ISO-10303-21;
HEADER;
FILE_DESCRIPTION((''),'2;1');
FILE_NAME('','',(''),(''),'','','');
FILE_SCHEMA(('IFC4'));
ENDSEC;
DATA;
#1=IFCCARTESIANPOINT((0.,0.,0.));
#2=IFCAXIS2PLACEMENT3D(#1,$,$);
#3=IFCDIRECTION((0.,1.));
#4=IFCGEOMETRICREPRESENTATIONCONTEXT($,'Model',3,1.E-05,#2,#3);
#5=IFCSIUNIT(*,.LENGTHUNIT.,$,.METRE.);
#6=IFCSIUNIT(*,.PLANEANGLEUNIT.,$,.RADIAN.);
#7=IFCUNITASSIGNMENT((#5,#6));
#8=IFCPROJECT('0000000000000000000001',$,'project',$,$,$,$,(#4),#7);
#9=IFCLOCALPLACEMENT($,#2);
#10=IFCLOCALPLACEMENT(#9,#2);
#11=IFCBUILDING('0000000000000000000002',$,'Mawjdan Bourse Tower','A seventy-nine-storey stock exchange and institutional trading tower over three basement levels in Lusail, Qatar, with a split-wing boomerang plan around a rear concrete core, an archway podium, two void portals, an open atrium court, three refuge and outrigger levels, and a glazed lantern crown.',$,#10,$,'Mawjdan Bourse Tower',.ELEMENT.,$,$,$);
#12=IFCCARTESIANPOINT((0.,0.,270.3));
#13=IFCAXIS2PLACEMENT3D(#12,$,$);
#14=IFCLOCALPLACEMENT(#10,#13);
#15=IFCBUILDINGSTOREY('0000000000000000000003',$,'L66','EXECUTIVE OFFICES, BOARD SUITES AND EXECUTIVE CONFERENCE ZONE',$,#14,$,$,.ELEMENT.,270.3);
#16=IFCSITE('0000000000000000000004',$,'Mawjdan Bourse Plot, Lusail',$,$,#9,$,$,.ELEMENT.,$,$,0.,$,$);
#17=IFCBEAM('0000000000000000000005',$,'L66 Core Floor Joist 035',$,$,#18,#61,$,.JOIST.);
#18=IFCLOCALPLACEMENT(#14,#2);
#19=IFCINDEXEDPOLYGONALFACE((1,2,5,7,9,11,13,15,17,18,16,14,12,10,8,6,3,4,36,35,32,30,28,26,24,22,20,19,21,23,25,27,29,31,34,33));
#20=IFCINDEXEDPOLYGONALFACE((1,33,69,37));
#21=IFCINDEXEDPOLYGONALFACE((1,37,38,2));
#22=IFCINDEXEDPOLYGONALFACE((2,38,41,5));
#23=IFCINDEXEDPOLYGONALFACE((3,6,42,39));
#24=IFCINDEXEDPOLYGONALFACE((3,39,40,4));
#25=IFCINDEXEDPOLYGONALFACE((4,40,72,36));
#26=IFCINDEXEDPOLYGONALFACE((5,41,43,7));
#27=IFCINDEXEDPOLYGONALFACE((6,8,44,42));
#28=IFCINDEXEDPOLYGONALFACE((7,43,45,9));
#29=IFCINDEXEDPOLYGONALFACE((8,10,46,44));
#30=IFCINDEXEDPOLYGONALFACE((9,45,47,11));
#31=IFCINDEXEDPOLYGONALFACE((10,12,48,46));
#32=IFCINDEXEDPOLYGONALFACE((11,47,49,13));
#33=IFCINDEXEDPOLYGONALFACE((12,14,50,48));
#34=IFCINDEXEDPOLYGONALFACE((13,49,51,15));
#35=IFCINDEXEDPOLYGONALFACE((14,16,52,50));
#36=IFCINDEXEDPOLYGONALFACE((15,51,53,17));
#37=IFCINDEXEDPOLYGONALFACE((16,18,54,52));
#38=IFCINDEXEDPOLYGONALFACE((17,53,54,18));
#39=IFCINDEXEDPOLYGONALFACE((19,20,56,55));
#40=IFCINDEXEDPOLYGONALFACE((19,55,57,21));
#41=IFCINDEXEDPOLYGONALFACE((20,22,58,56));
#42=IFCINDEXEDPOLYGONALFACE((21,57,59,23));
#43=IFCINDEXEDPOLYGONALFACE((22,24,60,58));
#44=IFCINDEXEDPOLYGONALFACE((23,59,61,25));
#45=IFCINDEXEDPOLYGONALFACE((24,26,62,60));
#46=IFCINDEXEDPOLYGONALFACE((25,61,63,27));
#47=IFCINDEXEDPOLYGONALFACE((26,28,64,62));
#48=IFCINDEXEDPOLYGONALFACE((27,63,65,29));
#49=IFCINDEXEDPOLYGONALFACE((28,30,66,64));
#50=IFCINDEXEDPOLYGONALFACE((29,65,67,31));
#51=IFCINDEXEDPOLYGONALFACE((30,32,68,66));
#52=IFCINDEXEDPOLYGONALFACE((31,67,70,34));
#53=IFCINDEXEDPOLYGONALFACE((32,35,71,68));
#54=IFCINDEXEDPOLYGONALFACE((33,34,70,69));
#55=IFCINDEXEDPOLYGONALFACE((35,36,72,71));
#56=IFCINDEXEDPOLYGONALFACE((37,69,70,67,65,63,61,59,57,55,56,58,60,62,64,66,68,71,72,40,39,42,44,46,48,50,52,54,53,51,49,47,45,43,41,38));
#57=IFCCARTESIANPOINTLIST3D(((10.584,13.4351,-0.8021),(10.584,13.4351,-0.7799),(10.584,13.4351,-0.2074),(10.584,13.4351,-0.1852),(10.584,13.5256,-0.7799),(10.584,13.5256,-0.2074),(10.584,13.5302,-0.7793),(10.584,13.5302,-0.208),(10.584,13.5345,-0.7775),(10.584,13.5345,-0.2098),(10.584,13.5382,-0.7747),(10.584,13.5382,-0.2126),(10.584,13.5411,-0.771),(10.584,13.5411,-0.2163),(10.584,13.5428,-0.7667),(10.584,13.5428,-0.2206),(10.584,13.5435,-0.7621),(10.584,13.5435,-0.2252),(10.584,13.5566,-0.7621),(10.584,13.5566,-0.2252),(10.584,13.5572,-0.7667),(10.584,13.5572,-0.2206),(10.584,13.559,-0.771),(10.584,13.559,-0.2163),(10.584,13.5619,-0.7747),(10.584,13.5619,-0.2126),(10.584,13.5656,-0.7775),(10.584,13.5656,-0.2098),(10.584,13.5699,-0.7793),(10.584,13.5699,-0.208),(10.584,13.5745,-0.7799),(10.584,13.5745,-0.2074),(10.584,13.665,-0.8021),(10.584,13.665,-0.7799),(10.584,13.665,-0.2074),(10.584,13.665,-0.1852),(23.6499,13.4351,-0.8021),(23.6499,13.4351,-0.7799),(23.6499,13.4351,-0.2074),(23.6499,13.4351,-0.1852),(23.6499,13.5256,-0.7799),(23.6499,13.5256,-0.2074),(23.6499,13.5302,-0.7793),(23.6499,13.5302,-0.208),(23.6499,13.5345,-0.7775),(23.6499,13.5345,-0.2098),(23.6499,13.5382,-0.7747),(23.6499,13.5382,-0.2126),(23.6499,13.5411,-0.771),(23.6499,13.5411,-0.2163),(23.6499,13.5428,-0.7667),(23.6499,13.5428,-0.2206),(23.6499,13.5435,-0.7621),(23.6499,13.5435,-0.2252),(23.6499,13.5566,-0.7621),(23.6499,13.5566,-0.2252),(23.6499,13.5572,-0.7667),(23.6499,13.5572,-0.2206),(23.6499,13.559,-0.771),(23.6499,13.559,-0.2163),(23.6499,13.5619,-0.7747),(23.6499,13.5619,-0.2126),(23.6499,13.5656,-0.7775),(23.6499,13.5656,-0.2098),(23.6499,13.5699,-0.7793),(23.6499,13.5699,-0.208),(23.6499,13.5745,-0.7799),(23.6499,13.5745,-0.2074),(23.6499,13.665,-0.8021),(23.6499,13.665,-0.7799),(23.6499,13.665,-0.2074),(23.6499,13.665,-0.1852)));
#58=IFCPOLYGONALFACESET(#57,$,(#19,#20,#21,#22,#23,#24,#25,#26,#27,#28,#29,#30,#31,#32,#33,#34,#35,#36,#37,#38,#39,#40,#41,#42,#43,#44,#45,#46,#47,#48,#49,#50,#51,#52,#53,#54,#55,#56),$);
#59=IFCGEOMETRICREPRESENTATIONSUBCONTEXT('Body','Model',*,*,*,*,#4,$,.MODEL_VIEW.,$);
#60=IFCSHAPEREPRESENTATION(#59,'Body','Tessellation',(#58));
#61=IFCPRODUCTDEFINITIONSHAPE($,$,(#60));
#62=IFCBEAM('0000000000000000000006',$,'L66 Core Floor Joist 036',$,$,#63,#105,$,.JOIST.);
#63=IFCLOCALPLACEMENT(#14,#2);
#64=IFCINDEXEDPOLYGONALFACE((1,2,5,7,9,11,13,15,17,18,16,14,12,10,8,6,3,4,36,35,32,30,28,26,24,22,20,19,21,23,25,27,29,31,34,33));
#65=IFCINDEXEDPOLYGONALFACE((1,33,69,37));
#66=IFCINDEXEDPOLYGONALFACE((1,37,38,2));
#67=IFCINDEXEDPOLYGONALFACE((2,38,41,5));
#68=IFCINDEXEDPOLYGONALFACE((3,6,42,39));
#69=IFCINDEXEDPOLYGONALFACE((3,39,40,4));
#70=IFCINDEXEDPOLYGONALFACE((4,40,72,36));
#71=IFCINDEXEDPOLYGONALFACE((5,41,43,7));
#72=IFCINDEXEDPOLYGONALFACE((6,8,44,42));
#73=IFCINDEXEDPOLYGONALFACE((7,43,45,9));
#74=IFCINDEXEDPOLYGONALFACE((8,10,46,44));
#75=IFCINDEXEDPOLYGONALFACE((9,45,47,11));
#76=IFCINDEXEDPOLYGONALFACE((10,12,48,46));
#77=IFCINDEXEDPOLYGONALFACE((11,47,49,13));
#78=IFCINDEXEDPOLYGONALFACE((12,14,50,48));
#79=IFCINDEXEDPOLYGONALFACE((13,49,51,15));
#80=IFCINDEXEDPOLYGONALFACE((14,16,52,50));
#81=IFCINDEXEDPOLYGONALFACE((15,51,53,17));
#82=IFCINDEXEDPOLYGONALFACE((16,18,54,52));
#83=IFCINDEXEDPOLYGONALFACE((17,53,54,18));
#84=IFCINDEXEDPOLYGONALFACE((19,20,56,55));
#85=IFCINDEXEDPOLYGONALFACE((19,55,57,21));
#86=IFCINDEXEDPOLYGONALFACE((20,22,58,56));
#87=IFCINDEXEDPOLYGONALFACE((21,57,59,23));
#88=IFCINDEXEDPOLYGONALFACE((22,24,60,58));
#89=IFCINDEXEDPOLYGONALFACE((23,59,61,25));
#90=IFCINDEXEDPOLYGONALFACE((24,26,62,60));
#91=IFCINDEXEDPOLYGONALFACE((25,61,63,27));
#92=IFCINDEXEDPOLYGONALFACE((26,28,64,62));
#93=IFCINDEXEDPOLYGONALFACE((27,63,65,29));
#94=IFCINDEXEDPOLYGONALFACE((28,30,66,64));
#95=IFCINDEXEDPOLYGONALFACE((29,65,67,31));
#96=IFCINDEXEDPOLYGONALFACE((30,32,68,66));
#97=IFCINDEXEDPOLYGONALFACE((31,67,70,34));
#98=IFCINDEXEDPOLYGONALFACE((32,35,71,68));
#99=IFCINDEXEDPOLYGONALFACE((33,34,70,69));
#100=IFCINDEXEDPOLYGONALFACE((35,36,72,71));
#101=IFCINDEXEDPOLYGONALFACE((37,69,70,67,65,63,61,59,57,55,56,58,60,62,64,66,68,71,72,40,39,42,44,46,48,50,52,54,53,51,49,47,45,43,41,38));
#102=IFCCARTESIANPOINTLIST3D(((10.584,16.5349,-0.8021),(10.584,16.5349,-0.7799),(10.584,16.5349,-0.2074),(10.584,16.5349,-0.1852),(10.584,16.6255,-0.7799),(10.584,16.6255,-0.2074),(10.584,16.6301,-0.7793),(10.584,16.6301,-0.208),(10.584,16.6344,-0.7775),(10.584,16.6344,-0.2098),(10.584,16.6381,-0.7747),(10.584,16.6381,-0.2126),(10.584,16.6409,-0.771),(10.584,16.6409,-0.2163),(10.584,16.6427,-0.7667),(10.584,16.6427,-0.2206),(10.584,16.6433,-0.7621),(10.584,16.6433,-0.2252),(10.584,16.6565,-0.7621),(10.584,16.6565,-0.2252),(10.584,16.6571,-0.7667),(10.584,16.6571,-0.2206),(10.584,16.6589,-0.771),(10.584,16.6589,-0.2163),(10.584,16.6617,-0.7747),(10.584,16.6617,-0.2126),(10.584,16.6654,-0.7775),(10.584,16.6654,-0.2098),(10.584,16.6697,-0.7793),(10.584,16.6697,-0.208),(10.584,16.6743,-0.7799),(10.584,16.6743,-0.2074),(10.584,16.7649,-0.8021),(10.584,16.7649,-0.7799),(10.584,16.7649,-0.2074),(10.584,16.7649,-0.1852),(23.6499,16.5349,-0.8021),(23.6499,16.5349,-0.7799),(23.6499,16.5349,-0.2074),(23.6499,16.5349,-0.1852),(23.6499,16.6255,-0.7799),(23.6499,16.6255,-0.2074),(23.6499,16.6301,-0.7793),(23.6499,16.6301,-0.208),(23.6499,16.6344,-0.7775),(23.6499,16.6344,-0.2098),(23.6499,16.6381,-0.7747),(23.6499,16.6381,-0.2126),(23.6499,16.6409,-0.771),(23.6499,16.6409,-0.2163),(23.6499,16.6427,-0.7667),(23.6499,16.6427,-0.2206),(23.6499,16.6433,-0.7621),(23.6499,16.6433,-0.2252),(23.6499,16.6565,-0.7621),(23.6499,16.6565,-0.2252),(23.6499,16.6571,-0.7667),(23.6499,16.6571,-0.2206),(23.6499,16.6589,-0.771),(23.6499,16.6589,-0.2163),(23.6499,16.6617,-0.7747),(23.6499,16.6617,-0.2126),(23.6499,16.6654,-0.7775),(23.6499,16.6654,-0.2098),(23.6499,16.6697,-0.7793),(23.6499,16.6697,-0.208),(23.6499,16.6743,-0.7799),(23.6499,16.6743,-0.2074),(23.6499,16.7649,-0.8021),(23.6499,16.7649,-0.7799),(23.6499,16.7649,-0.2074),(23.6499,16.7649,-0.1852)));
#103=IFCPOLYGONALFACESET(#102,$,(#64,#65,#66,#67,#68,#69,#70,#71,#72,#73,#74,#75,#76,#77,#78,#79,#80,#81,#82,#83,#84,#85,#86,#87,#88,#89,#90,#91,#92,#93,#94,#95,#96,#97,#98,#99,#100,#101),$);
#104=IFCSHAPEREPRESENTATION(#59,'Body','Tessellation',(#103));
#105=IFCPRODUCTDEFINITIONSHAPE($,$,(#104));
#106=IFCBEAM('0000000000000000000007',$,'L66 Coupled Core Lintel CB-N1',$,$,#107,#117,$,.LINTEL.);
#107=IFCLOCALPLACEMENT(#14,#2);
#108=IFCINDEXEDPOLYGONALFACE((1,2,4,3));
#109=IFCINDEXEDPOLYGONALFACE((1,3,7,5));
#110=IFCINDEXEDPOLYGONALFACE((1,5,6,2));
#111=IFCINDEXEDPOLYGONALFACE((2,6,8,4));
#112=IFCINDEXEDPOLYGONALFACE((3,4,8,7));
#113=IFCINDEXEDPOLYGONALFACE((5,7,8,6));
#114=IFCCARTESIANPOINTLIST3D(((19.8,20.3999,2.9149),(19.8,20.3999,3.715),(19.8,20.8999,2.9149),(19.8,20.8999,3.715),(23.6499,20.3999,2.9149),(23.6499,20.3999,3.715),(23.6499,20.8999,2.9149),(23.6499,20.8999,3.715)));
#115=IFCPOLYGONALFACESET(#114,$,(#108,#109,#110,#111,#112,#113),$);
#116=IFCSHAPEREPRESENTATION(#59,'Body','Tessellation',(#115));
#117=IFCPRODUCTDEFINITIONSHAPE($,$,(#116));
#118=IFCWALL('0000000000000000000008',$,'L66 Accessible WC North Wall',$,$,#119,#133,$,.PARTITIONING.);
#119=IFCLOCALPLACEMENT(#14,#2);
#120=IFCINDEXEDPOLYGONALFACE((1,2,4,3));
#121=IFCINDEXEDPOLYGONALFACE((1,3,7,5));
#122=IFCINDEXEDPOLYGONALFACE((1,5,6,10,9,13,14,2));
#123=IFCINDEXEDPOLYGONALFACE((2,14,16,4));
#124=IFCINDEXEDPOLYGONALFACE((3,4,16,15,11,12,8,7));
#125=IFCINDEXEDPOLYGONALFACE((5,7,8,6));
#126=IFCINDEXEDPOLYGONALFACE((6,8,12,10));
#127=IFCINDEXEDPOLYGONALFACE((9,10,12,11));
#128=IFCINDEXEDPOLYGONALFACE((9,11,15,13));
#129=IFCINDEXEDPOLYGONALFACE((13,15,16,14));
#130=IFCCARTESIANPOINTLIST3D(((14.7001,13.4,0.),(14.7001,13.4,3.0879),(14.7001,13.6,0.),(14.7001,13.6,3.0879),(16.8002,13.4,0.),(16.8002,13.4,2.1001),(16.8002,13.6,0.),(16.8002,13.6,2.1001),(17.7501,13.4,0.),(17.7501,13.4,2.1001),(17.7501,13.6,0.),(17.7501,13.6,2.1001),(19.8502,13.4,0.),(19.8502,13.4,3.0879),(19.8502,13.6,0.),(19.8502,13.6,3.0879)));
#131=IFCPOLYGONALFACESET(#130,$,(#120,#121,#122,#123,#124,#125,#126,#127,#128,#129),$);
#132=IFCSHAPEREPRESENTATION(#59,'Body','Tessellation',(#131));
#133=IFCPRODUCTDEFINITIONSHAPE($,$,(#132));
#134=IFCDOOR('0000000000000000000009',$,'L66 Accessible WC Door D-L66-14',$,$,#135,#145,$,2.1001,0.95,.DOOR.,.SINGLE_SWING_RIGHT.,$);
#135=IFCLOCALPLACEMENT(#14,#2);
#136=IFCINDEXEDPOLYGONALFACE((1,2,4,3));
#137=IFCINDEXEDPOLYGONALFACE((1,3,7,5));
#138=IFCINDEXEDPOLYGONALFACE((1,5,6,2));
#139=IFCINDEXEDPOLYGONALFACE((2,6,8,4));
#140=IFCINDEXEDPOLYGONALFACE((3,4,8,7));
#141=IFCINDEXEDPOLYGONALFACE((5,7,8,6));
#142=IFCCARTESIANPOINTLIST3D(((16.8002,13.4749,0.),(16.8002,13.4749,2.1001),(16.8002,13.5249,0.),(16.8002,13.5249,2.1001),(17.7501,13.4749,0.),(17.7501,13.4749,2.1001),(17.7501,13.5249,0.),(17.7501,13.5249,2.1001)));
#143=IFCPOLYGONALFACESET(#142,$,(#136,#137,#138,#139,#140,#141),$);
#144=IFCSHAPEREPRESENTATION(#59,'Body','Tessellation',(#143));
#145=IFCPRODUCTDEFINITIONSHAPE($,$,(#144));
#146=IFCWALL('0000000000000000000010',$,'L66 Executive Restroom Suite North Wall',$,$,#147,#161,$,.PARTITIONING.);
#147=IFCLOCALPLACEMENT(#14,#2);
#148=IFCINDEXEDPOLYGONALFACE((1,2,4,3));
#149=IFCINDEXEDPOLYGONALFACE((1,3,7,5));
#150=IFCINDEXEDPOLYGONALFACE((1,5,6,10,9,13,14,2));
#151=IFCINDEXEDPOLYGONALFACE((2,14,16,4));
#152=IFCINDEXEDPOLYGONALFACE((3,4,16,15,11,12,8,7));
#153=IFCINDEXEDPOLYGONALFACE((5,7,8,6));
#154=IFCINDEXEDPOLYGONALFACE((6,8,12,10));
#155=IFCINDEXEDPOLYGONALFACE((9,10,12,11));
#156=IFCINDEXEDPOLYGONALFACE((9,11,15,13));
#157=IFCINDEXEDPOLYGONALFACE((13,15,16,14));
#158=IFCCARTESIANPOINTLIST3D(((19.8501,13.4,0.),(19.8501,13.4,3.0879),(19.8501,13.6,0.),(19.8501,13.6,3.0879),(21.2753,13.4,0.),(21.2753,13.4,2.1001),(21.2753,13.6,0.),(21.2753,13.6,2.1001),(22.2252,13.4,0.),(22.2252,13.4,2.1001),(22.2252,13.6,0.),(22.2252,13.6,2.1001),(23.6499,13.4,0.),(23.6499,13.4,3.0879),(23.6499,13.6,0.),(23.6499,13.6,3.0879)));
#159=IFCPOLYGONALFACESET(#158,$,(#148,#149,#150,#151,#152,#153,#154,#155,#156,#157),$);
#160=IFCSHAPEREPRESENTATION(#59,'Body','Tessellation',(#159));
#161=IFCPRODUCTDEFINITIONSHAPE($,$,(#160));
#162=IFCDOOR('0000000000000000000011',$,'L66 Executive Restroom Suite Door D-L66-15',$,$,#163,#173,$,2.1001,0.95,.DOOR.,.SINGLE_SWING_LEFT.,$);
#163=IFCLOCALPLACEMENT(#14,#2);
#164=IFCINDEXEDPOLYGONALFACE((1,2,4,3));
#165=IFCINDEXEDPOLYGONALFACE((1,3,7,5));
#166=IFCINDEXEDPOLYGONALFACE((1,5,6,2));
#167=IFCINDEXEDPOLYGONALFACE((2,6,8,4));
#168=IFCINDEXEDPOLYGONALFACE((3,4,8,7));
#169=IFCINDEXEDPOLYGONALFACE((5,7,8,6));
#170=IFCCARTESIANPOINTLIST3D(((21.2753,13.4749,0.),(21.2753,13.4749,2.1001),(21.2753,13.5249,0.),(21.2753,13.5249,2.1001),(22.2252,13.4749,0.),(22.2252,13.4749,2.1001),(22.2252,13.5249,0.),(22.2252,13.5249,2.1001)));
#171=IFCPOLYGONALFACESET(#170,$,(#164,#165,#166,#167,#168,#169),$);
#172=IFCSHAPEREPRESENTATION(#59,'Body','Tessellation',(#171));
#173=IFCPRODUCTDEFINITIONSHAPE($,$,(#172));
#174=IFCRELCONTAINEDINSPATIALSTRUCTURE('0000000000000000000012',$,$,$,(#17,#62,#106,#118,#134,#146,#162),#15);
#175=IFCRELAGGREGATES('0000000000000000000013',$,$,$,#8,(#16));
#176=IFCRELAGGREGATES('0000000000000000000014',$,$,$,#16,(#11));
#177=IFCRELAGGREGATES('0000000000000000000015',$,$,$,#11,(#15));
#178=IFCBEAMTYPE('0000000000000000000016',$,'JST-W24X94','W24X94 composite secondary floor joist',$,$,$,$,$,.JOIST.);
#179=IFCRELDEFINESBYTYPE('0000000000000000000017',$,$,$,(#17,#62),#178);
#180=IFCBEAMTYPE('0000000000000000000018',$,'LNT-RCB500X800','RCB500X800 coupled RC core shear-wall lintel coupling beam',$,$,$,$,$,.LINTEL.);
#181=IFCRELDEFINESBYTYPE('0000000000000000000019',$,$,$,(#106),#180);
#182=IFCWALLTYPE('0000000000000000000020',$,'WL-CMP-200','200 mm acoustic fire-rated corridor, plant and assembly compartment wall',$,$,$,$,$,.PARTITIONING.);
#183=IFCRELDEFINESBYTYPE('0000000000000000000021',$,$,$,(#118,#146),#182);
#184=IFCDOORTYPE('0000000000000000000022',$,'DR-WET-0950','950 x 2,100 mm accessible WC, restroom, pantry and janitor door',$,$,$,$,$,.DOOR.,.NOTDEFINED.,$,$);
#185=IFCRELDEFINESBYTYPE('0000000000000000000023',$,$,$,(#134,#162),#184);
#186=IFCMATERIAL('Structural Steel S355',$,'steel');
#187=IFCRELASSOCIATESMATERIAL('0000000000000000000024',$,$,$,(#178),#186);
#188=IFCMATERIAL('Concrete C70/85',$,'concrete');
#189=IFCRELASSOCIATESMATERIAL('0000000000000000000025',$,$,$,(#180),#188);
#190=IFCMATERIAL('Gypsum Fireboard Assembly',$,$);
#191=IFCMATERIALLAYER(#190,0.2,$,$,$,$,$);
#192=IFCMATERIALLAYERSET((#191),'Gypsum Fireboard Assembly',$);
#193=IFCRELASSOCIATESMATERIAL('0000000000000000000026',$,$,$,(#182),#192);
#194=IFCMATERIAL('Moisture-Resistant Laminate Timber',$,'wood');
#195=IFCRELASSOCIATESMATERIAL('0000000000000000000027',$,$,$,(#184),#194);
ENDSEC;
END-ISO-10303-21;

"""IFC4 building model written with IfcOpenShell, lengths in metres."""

from ifc_helpers import new_model, si_unit, direction, frame, frame_2d, origin, origin_2d, place, context, subcontext, project, spatial, rectangle, i_section, extrude, material, layer, layer_set, material_profile, profile_set, type_object, element, fill, save


model = new_model("IFC4")

# Units and contexts
model_context = context("Model", 3, precision=1e-05, world=origin(), true_north=direction((0.0, 1.0)))
body_context = subcontext(model_context, "Body", "Model", "MODEL_VIEW")
ifc_project = project(units=[si_unit("LENGTHUNIT", "METRE"), si_unit("PLANEANGLEUNIT", "RADIAN")], contexts=[model_context])

# Site, building, storey
site_placement = place(None, origin())
site = spatial("IfcSite", under=ifc_project, at=site_placement, Name="Mawjdan Bourse Plot, Lusail", CompositionType="ELEMENT", RefElevation=0.0)
building_placement = place(site_placement, origin())
building = spatial("IfcBuilding", under=site, at=building_placement, Name="Mawjdan Bourse Tower", Description="A seventy-nine-storey stock exchange and institutional trading tower over three basement levels in Lusail, Qatar, with a split-wing boomerang plan around a rear concrete core, an archway podium, two void portals, an open atrium court, three refuge and outrigger levels, and a glazed lantern crown.", LongName="Mawjdan Bourse Tower", CompositionType="ELEMENT")
storey_placement = place(building_placement, frame((0.0, 0.0, 270.3)))
storey = spatial("IfcBuildingStorey", under=building, at=storey_placement, Name="L66", Description="EXECUTIVE OFFICES, BOARD SUITES AND EXECUTIVE CONFERENCE ZONE", CompositionType="ELEMENT", Elevation=270.3)

# Beams
ifc_material_1 = material(Name="Structural Steel S355", Category="steel")
ifc_material_profile_1 = material_profile(ifc_material_1, i_section(OverallWidth=0.23, OverallDepth=0.6169, WebThickness=0.0132, FlangeThickness=0.0222, FilletRadius=0.0178, at=origin_2d()), Name="W24X94")
ifc_profile_set_1 = profile_set([ifc_material_profile_1], Name="Structural Steel S355")
beam_type_1 = type_object("IfcBeamType", Name="JST-W24X94", Description="W24X94 composite secondary floor joist", PredefinedType="JOIST", material=ifc_profile_set_1)
for number, where, z_axis, x_axis, name in (
    (1, (10.584, 13.55, -0.4937), (1.0, 0.0, 0.0), (0.0, 1.0, 0.0), "L66 Core Floor Joist 035"),
    (2, (10.584, 16.6499, -0.4937), (1.0, 0.0, 0.0), (0.0, 1.0, 0.0), "L66 Core Floor Joist 036"),
):
    element("IfcBeam", number, at=place(storey_placement, frame(where, z_axis=z_axis, x_axis=x_axis)), inside=storey, type_object=beam_type_1, Name=name, PredefinedType="JOIST", context=body_context, shape_type="SweptSolid", body=[
        extrude(i_section(OverallWidth=0.23, OverallDepth=0.6169, WebThickness=0.0132, FlangeThickness=0.0222, FilletRadius=0.0178, at=origin_2d()), origin(), (0.0, 0.0, 1.0), 13.0659),
    ])
ifc_material_2 = material(Name="Concrete C70/85", Category="concrete")
ifc_material_profile_2 = material_profile(ifc_material_2, rectangle(XDim=0.5, YDim=0.8, at=origin_2d()), Name="RCB500X800")
ifc_profile_set_2 = profile_set([ifc_material_profile_2], Name="Concrete C70/85")
beam_type_2 = type_object("IfcBeamType", Name="LNT-RCB500X800", Description="RCB500X800 coupled RC core shear-wall lintel coupling beam", PredefinedType="LINTEL", material=ifc_profile_set_2)
beam_placement = place(storey_placement, frame((19.8, 20.6499, 3.3149), z_axis=(1.0, 0.0, 0.0), x_axis=(0.0, 1.0, 0.0)))
element("IfcBeam", 3, at=beam_placement, inside=storey, type_object=beam_type_2, Name="L66 Coupled Core Lintel CB-N1", PredefinedType="LINTEL", context=body_context, shape_type="SweptSolid", body=[
    extrude(rectangle(XDim=0.5, YDim=0.8, at=origin_2d()), origin(), (0.0, 0.0, 1.0), 3.8499),
])

# Walls, openings, doors
ifc_material_3 = material(Name="Gypsum Fireboard Assembly")
ifc_layer_1 = layer(ifc_material_3, 0.2)
ifc_layer_set_1 = layer_set([ifc_layer_1], Name="Gypsum Fireboard Assembly")
wall_type_1 = type_object("IfcWallType", Name="WL-CMP-200", Description="200 mm acoustic fire-rated corridor, plant and assembly compartment wall", PredefinedType="PARTITIONING", material=ifc_layer_set_1)
wall_1_placement = place(storey_placement, frame((14.7, 13.5, 0.0), z_axis=(0.0, 0.0, 1.0), x_axis=(1.0, 0.0, 0.0)))
wall_1 = element("IfcWall", 4, at=wall_1_placement, inside=storey, type_object=wall_type_1, Name="L66 Accessible WC North Wall", PredefinedType="PARTITIONING", context=body_context, shape_type="SweptSolid", body=[
    extrude(rectangle(XDim=5.1501, YDim=0.2, at=frame_2d((2.5752, 0.0))), origin(), (0.0, 0.0, 1.0), 3.0879),
])
opening_1_placement = place(wall_1_placement, frame((2.1001, 0.0, 0.0)))
opening_1 = element("IfcOpeningElement", 5, at=opening_1_placement, cuts=wall_1, PredefinedType="OPENING", context=body_context, shape_type="SweptSolid", body=[
    extrude(rectangle(XDim=0.95, YDim=2.1001, at=frame_2d((0.4751, 1.05))), frame((0.0, 0.1099, 0.0), z_axis=(0.0, -1.0, 0.0), x_axis=(1.0, 0.0, 0.0)), (0.0, 0.0, 1.0), 0.22),
])
ifc_material_4 = material(Name="Moisture-Resistant Laminate Timber", Category="wood")
door_type_1 = type_object("IfcDoorType", Name="DR-WET-0950", Description="950 x 2,100 mm accessible WC, restroom, pantry and janitor door", OperationType="NOTDEFINED", PredefinedType="DOOR", material=ifc_material_4)
door_1_placement = place(opening_1_placement, origin())
door_1 = element("IfcDoor", 6, at=door_1_placement, inside=storey, type_object=door_type_1, Name="L66 Accessible WC Door D-L66-14", OperationType="SINGLE_SWING_RIGHT", OverallHeight=2.1001, OverallWidth=0.95, PredefinedType="DOOR", context=body_context, shape_type="SweptSolid", body=[
    extrude(rectangle(XDim=0.95, YDim=2.1001, at=frame_2d((0.4751, 1.05))), frame((0.0, 0.0249, 0.0), z_axis=(0.0, -1.0, 0.0), x_axis=(1.0, 0.0, 0.0)), (0.0, 0.0, 1.0), 0.05),
])
fill(opening_1, door_1)
wall_2_placement = place(storey_placement, frame((19.8501, 13.5, 0.0), z_axis=(0.0, 0.0, 1.0), x_axis=(1.0, 0.0, 0.0)))
wall_2 = element("IfcWall", 7, at=wall_2_placement, inside=storey, type_object=wall_type_1, Name="L66 Executive Restroom Suite North Wall", PredefinedType="PARTITIONING", context=body_context, shape_type="SweptSolid", body=[
    extrude(rectangle(XDim=3.7998, YDim=0.2, at=frame_2d((1.8999, 0.0))), origin(), (0.0, 0.0, 1.0), 3.0879),
])
opening_2_placement = place(wall_2_placement, frame((1.425, 0.0, 0.0)))
opening_2 = element("IfcOpeningElement", 8, at=opening_2_placement, cuts=wall_2, PredefinedType="OPENING", context=body_context, shape_type="SweptSolid", body=[
    extrude(rectangle(XDim=0.95, YDim=2.1001, at=frame_2d((0.4751, 1.05))), frame((0.0, 0.1099, 0.0), z_axis=(0.0, -1.0, 0.0), x_axis=(1.0, 0.0, 0.0)), (0.0, 0.0, 1.0), 0.22),
])
door_2_placement = place(opening_2_placement, origin())
door_2 = element("IfcDoor", 9, at=door_2_placement, inside=storey, type_object=door_type_1, Name="L66 Executive Restroom Suite Door D-L66-15", OperationType="SINGLE_SWING_LEFT", OverallHeight=2.1001, OverallWidth=0.95, PredefinedType="DOOR", context=body_context, shape_type="SweptSolid", body=[
    extrude(rectangle(XDim=0.95, YDim=2.1001, at=frame_2d((0.4751, 1.05))), frame((0.0, 0.0249, 0.0), z_axis=(0.0, -1.0, 0.0), x_axis=(1.0, 0.0, 0.0)), (0.0, 0.0, 1.0), 0.05),
])
fill(opening_2, door_2)

save(model, "model.ifc")
